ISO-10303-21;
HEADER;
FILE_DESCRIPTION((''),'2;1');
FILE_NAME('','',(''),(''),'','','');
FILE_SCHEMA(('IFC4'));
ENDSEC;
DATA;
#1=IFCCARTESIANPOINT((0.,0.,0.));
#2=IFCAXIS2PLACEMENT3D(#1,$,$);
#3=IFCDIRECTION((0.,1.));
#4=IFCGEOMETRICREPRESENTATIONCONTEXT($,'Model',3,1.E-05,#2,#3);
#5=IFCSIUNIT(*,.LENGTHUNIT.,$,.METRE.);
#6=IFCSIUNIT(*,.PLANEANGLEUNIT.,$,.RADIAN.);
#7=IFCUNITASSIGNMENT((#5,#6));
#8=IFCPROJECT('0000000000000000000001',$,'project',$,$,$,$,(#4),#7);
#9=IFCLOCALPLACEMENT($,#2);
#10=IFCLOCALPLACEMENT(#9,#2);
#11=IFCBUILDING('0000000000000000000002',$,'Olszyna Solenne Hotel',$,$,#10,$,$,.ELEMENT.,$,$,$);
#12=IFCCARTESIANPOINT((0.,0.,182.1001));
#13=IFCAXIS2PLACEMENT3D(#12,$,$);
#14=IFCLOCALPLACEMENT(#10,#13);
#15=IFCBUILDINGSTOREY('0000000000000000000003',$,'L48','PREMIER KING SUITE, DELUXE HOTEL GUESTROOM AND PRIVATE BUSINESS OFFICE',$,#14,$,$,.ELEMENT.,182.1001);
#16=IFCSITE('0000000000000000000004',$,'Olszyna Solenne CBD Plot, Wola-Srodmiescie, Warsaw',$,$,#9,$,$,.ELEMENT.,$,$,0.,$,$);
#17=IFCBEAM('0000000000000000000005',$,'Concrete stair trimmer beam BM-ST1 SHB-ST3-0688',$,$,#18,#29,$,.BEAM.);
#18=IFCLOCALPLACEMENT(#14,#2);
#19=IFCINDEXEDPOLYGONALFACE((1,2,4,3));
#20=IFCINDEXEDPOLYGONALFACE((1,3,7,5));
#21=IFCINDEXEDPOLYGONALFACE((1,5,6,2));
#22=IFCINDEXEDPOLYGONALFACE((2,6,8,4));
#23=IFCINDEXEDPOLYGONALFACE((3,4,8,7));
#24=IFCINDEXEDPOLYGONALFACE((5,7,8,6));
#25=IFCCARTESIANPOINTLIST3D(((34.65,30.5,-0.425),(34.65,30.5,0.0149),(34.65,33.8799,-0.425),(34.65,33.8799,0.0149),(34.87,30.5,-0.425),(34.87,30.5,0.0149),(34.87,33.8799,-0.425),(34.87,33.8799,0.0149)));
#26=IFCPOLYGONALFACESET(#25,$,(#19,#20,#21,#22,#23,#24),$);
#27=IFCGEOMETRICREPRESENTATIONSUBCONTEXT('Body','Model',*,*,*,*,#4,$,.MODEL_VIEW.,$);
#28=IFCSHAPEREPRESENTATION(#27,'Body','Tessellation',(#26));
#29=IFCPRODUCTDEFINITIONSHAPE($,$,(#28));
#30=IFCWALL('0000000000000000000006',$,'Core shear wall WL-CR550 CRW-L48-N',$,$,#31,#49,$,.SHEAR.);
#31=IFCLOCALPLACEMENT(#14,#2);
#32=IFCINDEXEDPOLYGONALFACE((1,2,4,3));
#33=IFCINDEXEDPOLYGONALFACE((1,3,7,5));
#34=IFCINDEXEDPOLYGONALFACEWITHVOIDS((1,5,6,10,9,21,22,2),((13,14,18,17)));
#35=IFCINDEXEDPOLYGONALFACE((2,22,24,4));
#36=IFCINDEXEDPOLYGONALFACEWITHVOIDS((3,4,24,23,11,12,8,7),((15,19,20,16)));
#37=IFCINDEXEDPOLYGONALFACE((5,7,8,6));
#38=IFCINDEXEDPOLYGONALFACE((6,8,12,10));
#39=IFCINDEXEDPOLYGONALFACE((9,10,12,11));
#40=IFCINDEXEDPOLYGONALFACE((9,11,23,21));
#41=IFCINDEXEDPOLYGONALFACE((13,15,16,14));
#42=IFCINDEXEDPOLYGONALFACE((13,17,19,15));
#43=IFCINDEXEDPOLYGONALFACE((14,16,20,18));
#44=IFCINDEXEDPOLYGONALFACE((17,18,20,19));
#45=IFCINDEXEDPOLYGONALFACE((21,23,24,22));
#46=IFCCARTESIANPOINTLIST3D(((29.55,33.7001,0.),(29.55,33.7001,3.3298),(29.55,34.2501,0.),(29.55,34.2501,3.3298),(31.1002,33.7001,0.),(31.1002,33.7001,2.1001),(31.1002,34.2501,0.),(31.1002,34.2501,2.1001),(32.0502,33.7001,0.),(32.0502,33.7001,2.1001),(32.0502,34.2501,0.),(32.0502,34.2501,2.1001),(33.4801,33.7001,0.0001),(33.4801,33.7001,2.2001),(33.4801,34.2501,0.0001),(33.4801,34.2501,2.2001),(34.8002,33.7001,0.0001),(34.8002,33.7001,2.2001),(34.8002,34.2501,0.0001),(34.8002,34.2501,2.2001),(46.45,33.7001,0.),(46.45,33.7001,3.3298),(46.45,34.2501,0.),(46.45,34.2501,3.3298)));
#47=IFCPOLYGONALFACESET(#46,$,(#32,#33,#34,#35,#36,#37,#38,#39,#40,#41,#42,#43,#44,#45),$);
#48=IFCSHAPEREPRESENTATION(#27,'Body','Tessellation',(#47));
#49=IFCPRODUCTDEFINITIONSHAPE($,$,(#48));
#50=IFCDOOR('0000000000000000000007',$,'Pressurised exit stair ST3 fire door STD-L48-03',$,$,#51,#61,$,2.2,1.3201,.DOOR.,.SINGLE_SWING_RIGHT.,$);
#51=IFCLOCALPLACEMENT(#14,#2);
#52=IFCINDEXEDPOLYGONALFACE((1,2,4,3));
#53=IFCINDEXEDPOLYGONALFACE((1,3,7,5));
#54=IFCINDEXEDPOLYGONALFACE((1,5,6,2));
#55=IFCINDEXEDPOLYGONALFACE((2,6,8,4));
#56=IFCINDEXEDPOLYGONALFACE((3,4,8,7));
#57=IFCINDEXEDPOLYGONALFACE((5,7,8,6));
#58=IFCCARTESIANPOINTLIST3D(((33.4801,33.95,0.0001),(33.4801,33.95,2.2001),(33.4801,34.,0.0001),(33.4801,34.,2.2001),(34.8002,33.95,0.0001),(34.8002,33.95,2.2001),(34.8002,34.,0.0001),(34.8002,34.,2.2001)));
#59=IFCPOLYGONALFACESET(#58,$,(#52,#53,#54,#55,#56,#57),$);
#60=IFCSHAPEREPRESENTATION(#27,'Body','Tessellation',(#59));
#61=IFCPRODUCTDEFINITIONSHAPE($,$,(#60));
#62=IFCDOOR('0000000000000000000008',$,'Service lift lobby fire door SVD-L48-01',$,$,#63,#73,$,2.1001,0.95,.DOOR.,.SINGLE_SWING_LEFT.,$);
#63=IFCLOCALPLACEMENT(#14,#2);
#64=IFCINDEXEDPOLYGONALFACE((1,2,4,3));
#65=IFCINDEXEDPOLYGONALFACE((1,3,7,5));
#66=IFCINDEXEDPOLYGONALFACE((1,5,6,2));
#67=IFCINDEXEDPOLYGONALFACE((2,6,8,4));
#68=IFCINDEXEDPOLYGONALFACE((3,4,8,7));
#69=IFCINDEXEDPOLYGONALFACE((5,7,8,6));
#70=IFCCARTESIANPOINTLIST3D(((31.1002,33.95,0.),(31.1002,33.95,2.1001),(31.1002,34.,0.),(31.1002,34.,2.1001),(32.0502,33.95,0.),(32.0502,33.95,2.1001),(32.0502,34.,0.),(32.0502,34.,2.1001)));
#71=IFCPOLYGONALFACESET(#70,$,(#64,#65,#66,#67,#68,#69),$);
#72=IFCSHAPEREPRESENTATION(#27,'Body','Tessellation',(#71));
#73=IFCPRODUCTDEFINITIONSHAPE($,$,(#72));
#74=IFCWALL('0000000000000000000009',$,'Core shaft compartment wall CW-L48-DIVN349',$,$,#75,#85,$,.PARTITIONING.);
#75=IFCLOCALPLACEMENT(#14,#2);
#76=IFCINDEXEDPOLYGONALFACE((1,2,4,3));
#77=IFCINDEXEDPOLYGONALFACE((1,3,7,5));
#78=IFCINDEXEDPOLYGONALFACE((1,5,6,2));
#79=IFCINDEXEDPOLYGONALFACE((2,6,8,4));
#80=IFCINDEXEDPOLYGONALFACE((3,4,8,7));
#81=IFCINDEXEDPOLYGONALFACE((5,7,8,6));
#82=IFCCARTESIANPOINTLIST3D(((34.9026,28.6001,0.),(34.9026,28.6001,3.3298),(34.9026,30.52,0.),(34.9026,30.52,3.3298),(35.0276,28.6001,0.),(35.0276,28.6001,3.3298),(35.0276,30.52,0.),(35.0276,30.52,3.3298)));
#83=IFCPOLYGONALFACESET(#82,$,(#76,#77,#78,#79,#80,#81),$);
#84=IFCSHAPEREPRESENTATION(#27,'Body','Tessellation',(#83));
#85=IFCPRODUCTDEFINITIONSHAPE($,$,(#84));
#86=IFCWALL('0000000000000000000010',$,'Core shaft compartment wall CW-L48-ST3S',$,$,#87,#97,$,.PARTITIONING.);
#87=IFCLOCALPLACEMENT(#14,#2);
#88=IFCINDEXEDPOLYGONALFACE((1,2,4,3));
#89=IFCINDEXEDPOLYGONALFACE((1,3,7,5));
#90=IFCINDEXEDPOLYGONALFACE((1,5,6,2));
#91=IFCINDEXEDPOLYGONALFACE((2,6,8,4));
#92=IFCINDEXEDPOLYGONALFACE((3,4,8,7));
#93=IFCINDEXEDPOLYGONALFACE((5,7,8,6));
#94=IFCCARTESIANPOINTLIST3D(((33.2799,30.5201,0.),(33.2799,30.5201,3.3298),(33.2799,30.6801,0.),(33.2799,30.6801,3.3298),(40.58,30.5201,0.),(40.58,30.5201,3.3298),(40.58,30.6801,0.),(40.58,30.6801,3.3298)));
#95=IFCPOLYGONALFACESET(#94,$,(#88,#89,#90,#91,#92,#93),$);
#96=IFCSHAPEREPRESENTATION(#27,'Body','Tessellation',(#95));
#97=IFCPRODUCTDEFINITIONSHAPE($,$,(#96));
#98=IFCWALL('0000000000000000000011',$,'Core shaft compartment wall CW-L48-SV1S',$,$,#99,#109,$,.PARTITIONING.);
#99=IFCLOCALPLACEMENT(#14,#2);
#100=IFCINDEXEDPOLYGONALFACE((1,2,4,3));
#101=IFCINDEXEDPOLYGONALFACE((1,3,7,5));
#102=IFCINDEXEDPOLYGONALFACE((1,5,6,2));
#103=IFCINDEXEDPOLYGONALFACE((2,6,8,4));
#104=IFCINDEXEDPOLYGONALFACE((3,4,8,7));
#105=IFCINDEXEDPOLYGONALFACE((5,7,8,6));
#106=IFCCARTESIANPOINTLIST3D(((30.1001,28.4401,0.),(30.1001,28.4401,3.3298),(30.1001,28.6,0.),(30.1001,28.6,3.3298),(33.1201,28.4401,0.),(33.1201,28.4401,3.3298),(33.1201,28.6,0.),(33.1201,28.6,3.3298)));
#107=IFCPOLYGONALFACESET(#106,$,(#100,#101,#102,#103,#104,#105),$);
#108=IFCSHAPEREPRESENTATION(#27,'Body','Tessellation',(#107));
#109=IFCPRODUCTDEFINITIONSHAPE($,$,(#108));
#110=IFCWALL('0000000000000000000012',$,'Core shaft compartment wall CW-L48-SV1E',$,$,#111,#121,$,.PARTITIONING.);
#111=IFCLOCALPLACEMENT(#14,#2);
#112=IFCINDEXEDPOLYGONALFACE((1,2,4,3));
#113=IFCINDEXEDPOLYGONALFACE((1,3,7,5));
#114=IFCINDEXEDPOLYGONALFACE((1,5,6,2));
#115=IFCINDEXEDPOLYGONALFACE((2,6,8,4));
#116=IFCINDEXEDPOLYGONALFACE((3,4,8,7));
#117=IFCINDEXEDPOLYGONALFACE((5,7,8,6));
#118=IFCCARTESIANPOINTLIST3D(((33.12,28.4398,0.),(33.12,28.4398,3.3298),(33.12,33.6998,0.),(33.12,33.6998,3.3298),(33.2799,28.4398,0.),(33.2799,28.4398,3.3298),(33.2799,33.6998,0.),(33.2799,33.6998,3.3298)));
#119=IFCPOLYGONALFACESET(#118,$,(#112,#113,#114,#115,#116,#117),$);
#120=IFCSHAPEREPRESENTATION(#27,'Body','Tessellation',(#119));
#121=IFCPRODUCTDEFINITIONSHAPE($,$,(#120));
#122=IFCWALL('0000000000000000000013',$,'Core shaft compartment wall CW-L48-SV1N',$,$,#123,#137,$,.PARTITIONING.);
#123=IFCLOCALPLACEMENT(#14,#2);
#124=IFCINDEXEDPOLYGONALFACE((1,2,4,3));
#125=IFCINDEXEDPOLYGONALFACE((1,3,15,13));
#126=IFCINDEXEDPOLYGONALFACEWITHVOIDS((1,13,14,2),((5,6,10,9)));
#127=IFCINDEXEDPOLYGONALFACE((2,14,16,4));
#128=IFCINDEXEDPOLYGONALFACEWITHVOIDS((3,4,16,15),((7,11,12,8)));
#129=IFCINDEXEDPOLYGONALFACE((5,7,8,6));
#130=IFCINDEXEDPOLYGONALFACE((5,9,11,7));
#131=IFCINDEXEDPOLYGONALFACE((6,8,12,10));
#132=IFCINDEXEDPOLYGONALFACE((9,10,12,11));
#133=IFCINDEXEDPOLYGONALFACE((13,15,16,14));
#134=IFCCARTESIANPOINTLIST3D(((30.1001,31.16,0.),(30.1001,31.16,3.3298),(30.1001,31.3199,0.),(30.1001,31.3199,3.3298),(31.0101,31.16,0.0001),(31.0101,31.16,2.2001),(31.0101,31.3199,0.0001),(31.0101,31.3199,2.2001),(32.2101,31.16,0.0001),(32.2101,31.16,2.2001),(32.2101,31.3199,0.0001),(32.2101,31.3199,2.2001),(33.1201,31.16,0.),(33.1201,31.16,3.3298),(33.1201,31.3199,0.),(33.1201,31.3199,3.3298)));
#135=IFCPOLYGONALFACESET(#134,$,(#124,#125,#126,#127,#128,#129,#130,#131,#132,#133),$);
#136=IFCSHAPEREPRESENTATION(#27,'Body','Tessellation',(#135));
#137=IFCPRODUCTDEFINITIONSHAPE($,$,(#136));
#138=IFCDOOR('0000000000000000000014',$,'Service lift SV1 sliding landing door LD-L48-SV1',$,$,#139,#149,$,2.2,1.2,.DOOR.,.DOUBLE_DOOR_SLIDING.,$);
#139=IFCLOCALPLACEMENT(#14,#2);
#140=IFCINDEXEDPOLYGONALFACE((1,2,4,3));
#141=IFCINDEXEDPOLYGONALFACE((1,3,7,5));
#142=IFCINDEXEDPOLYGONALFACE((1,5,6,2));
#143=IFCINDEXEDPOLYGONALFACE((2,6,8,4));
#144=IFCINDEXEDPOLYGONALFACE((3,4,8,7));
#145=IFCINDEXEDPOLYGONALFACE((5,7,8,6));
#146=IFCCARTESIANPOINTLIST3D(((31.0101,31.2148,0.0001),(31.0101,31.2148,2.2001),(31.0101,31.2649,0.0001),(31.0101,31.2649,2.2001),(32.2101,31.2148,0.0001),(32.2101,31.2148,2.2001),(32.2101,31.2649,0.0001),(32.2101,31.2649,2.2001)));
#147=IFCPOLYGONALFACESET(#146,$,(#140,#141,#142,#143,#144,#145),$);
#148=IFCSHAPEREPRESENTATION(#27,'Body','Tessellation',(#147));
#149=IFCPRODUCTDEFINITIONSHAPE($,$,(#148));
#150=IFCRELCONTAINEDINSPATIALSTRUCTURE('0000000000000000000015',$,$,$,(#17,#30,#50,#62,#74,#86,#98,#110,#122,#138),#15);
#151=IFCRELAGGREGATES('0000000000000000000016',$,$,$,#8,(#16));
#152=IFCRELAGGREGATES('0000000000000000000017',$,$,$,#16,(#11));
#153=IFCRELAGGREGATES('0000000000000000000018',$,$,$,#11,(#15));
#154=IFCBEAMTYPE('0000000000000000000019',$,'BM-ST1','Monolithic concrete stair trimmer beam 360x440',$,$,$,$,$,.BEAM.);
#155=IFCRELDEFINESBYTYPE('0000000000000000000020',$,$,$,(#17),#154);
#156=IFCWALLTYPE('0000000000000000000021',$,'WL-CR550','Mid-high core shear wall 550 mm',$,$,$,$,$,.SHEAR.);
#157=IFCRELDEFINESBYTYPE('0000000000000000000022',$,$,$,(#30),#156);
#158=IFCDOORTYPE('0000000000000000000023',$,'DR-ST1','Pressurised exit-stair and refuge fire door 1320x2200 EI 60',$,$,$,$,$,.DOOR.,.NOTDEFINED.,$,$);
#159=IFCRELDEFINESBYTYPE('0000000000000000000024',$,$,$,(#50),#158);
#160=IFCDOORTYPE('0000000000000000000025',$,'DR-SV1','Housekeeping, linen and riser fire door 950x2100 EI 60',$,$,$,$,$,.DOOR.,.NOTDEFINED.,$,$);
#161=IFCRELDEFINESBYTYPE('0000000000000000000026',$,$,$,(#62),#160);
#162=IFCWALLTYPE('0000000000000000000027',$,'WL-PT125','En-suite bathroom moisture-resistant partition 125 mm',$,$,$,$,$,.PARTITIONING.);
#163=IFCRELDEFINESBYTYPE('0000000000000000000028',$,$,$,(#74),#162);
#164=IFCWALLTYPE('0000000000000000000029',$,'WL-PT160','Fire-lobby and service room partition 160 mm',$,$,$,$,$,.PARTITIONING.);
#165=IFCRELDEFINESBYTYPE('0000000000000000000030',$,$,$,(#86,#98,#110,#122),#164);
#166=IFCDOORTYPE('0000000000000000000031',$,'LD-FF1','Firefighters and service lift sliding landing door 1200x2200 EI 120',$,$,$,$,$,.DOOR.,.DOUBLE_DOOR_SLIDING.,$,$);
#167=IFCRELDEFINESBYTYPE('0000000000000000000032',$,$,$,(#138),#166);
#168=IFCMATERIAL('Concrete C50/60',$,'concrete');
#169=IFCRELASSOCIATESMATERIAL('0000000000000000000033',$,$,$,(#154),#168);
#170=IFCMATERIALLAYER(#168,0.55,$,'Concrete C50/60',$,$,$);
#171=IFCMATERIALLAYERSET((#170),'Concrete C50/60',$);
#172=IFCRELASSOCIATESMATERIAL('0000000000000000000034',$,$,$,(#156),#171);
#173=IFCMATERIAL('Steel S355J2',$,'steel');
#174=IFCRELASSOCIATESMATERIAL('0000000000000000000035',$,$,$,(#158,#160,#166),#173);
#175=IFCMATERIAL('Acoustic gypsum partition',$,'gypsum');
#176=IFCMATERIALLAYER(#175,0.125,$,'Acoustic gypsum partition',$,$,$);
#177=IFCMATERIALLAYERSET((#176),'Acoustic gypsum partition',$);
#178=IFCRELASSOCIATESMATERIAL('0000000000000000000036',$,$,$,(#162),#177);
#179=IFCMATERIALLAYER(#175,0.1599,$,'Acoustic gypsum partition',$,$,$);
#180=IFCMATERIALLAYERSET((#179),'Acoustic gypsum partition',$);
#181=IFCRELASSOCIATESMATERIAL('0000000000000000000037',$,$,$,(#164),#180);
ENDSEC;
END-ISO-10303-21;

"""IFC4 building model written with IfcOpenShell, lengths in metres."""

from ifc_helpers import new_model, si_unit, direction, frame, frame_2d, origin, origin_2d, place, context, subcontext, project, spatial, rectangle, extrude, source, transform, mapped, material, layer, layer_set, material_profile, profile_set, type_object, type_shapes, element, fill, save


model = new_model("IFC4")

# Units and contexts
model_context = context("Model", 3, precision=1e-05, world=origin(), true_north=direction((0.0, 1.0)))
body_context = subcontext(model_context, "Body", "Model", "MODEL_VIEW")
ifc_project = project(units=[si_unit("LENGTHUNIT", "METRE"), si_unit("PLANEANGLEUNIT", "RADIAN")], contexts=[model_context])

# Site, building, storey
site_placement = place(None, origin())
site = spatial("IfcSite", under=ifc_project, at=site_placement, Name="Olszyna Solenne CBD Plot, Wola-Srodmiescie, Warsaw", CompositionType="ELEMENT", RefElevation=0.0)
building_placement = place(site_placement, origin())
building = spatial("IfcBuilding", under=site, at=building_placement, Name="Olszyna Solenne Hotel", CompositionType="ELEMENT")
storey_placement = place(building_placement, frame((0.0, 0.0, 182.1001)))
storey = spatial("IfcBuildingStorey", under=building, at=storey_placement, Name="L48", Description="PREMIER KING SUITE, DELUXE HOTEL GUESTROOM AND PRIVATE BUSINESS OFFICE", CompositionType="ELEMENT", Elevation=182.1001)

# Beam
ifc_material_1 = material(Name="Concrete C50/60", Category="concrete")
ifc_material_profile = material_profile(ifc_material_1, rectangle(XDim=0.22, YDim=0.4399, at=origin_2d()), Name="RC 220x440", Category="load-bearing")
ifc_profile_set = profile_set([ifc_material_profile], Name="Concrete C50/60")
beam_type = type_object("IfcBeamType", Name="BM-ST1", Description="Monolithic concrete stair trimmer beam 360x440", PredefinedType="BEAM", material=ifc_profile_set)
shared_shape_1 = source(origin(), body_context, "Body", "SweptSolid", [
    extrude(rectangle(XDim=0.22, YDim=0.4399, at=origin_2d()), origin(), (0.0, 0.0, 1.0), 3.3799),
])
beam_placement = place(storey_placement, frame((34.76, 30.5, -0.2051), z_axis=(0.0, 1.0, 0.0), x_axis=(-1.0, 0.0, 0.0)))
element("IfcBeam", 1, at=beam_placement, inside=storey, type_object=beam_type, Name="Concrete stair trimmer beam BM-ST1 SHB-ST3-0688", PredefinedType="BEAM", context=body_context, shape_type="MappedRepresentation", body=[
    mapped(shared_shape_1, transform((0.0, 0.0, 0.0), x_axis=(1.0, 0.0, 0.0), y_axis=(0.0, 1.0, 0.0), z_axis=(0.0, 0.0, 1.0), scale=1.0)),
])

# Wall, openings, doors
ifc_layer_1 = layer(ifc_material_1, 0.55, Name="Concrete C50/60")
ifc_layer_set_1 = layer_set([ifc_layer_1], Name="Concrete C50/60")
wall_type_1 = type_object("IfcWallType", Name="WL-CR550", Description="Mid-high core shear wall 550 mm", PredefinedType="SHEAR", material=ifc_layer_set_1)
wall_1_placement = place(storey_placement, frame((29.55, 33.9751, 0.0), z_axis=(0.0, 0.0, 1.0), x_axis=(1.0, 0.0, 0.0)))
wall_1 = element("IfcWall", 2, at=wall_1_placement, inside=storey, type_object=wall_type_1, Name="Core shear wall WL-CR550 CRW-L48-N", PredefinedType="SHEAR", context=body_context, shape_type="SweptSolid", body=[
    extrude(rectangle(XDim=16.8999, YDim=0.55, at=frame_2d((8.45, 0.0))), origin(), (0.0, 0.0, 1.0), 3.3298),
])
opening_1_placement = place(wall_1_placement, frame((1.55, 0.0, 0.0)))
opening_1 = element("IfcOpeningElement", 3, at=opening_1_placement, cuts=wall_1, PredefinedType="OPENING", context=body_context, shape_type="SweptSolid", body=[
    extrude(rectangle(XDim=0.95, YDim=2.1001, at=frame_2d((0.4751, 1.05))), frame((0.0, 0.2852, 0.0), z_axis=(0.0, -1.0, 0.0), x_axis=(1.0, 0.0, 0.0)), (0.0, 0.0, 1.0), 0.5701),
])
opening_2_placement = place(wall_1_placement, frame((3.9299, 0.0, 0.0)))
opening_2 = element("IfcOpeningElement", 4, at=opening_2_placement, cuts=wall_1, PredefinedType="OPENING", context=body_context, shape_type="SweptSolid", body=[
    extrude(rectangle(XDim=1.3201, YDim=2.2, at=frame_2d((0.6602, 1.1001))), frame((0.0, 0.2852, 0.0), z_axis=(0.0, -1.0, 0.0), x_axis=(1.0, 0.0, 0.0)), (0.0, 0.0, 1.0), 0.5701),
])
ifc_material_2 = material(Name="Steel S355J2", Category="steel")
door_type_1 = type_object("IfcDoorType", Name="DR-ST1", Description="Pressurised exit-stair and refuge fire door 1320x2200 EI 60", OperationType="NOTDEFINED", PredefinedType="DOOR", material=ifc_material_2)
shared_shape_2 = source(origin(), body_context, "Body", "SweptSolid", [
    extrude(rectangle(XDim=1.3201, YDim=2.2, at=frame_2d((0.6602, 1.1001))), frame((0.0, 0.0249, 0.0), z_axis=(0.0, -1.0, 0.0), x_axis=(1.0, 0.0, 0.0)), (0.0, 0.0, 1.0), 0.05),
])
type_shapes(door_type_1, [shared_shape_2])
door_1_placement = place(opening_2_placement, origin())
door_1 = element("IfcDoor", 5, at=door_1_placement, inside=storey, type_object=door_type_1, Name="Pressurised exit stair ST3 fire door STD-L48-03", OperationType="SINGLE_SWING_RIGHT", OverallHeight=2.2, OverallWidth=1.3201, PredefinedType="DOOR", context=body_context, shape_type="MappedRepresentation", body=[
    mapped(shared_shape_2, transform((0.0, 0.0, 0.0), x_axis=(1.0, 0.0, 0.0), y_axis=(0.0, 1.0, 0.0), z_axis=(0.0, 0.0, 1.0), scale=1.0)),
])
fill(opening_2, door_1)
door_type_2 = type_object("IfcDoorType", Name="DR-SV1", Description="Housekeeping, linen and riser fire door 950x2100 EI 60", OperationType="NOTDEFINED", PredefinedType="DOOR", material=ifc_material_2)
shared_shape_3 = source(origin(), body_context, "Body", "SweptSolid", [
    extrude(rectangle(XDim=0.95, YDim=2.1001, at=frame_2d((0.4751, 1.05))), frame((0.0, 0.0249, 0.0), z_axis=(0.0, -1.0, 0.0), x_axis=(1.0, 0.0, 0.0)), (0.0, 0.0, 1.0), 0.05),
])
type_shapes(door_type_2, [shared_shape_3])
door_2_placement = place(opening_1_placement, origin())
door_2 = element("IfcDoor", 6, at=door_2_placement, inside=storey, type_object=door_type_2, Name="Service lift lobby fire door SVD-L48-01", OperationType="SINGLE_SWING_LEFT", OverallHeight=2.1001, OverallWidth=0.95, PredefinedType="DOOR", context=body_context, shape_type="MappedRepresentation", body=[
    mapped(shared_shape_3, transform((0.0, 0.0, 0.0), x_axis=(1.0, 0.0, 0.0), y_axis=(0.0, 1.0, 0.0), z_axis=(0.0, 0.0, 1.0), scale=1.0)),
])
fill(opening_1, door_2)

# Walls
ifc_material_3 = material(Name="Acoustic gypsum partition", Category="gypsum")
ifc_layer_2 = layer(ifc_material_3, 0.125, Name="Acoustic gypsum partition")
ifc_layer_set_2 = layer_set([ifc_layer_2], Name="Acoustic gypsum partition")
wall_type_2 = type_object("IfcWallType", Name="WL-PT125", Description="En-suite bathroom moisture-resistant partition 125 mm", PredefinedType="PARTITIONING", material=ifc_layer_set_2)
wall_2_placement = place(storey_placement, frame((34.9651, 28.6001, 0.0), z_axis=(0.0, 0.0, 1.0), x_axis=(0.0, 1.0, 0.0)))
element("IfcWall", 7, at=wall_2_placement, inside=storey, type_object=wall_type_2, Name="Core shaft compartment wall CW-L48-DIVN349", PredefinedType="PARTITIONING", context=body_context, shape_type="SweptSolid", body=[
    extrude(rectangle(XDim=1.9199, YDim=0.125, at=frame_2d((0.96, 0.0))), origin(), (0.0, 0.0, 1.0), 3.3298),
])
ifc_layer_3 = layer(ifc_material_3, 0.1599, Name="Acoustic gypsum partition")
ifc_layer_set_3 = layer_set([ifc_layer_3], Name="Acoustic gypsum partition")
wall_type_3 = type_object("IfcWallType", Name="WL-PT160", Description="Fire-lobby and service room partition 160 mm", PredefinedType="PARTITIONING", material=ifc_layer_set_3)
wall_3_placement = place(storey_placement, frame((33.28, 30.6001, 0.0), z_axis=(0.0, 0.0, 1.0), x_axis=(1.0, 0.0, 0.0)))
element("IfcWall", 8, at=wall_3_placement, inside=storey, type_object=wall_type_3, Name="Core shaft compartment wall CW-L48-ST3S", PredefinedType="PARTITIONING", context=body_context, shape_type="SweptSolid", body=[
    extrude(rectangle(XDim=7.3, YDim=0.1599, at=frame_2d((3.6499, 0.0))), origin(), (0.0, 0.0, 1.0), 3.3298),
])
wall_4_placement = place(storey_placement, frame((30.1001, 28.52, 0.0), z_axis=(0.0, 0.0, 1.0), x_axis=(1.0, 0.0, 0.0)))
element("IfcWall", 9, at=wall_4_placement, inside=storey, type_object=wall_type_3, Name="Core shaft compartment wall CW-L48-SV1S", PredefinedType="PARTITIONING", context=body_context, shape_type="SweptSolid", body=[
    extrude(rectangle(XDim=3.02, YDim=0.1599, at=frame_2d((1.51, 0.0))), origin(), (0.0, 0.0, 1.0), 3.3298),
])
wall_5_placement = place(storey_placement, frame((33.2, 28.4399, 0.0), z_axis=(0.0, 0.0, 1.0), x_axis=(0.0, 1.0, 0.0)))
element("IfcWall", 10, at=wall_5_placement, inside=storey, type_object=wall_type_3, Name="Core shaft compartment wall CW-L48-SV1E", PredefinedType="PARTITIONING", context=body_context, shape_type="SweptSolid", body=[
    extrude(rectangle(XDim=5.26, YDim=0.1599, at=frame_2d((2.6299, 0.0))), origin(), (0.0, 0.0, 1.0), 3.3298),
])

# Wall, opening, door
wall_6_placement = place(storey_placement, frame((30.1001, 31.24, 0.0), z_axis=(0.0, 0.0, 1.0), x_axis=(1.0, 0.0, 0.0)))
wall_6 = element("IfcWall", 11, at=wall_6_placement, inside=storey, type_object=wall_type_3, Name="Core shaft compartment wall CW-L48-SV1N", PredefinedType="PARTITIONING", context=body_context, shape_type="SweptSolid", body=[
    extrude(rectangle(XDim=3.02, YDim=0.1599, at=frame_2d((1.51, 0.0))), origin(), (0.0, 0.0, 1.0), 3.3298),
])
opening_3_placement = place(wall_6_placement, frame((0.9099, 0.0, 0.0)))
opening_3 = element("IfcOpeningElement", 12, at=opening_3_placement, cuts=wall_6, PredefinedType="OPENING", context=body_context, shape_type="SweptSolid", body=[
    extrude(rectangle(XDim=1.2, YDim=2.2, at=frame_2d((0.6001, 1.1001))), frame((0.0, 0.0898, 0.0), z_axis=(0.0, -1.0, 0.0), x_axis=(1.0, 0.0, 0.0)), (0.0, 0.0, 1.0), 0.1799),
])
door_type_3 = type_object("IfcDoorType", Name="LD-FF1", Description="Firefighters and service lift sliding landing door 1200x2200 EI 120", OperationType="DOUBLE_DOOR_SLIDING", PredefinedType="DOOR", material=ifc_material_2)
shared_shape_4 = source(origin(), body_context, "Body", "SweptSolid", [
    extrude(rectangle(XDim=1.2, YDim=2.2, at=frame_2d((0.6001, 1.1001))), frame((0.0, 0.0249, 0.0), z_axis=(0.0, -1.0, 0.0), x_axis=(1.0, 0.0, 0.0)), (0.0, 0.0, 1.0), 0.05),
])
type_shapes(door_type_3, [shared_shape_4])
door_3_placement = place(opening_3_placement, origin())
door_3 = element("IfcDoor", 13, at=door_3_placement, inside=storey, type_object=door_type_3, Name="Service lift SV1 sliding landing door LD-L48-SV1", OperationType="DOUBLE_DOOR_SLIDING", OverallHeight=2.2, OverallWidth=1.2, PredefinedType="DOOR", context=body_context, shape_type="MappedRepresentation", body=[
    mapped(shared_shape_4, transform((0.0, 0.0, 0.0), x_axis=(1.0, 0.0, 0.0), y_axis=(0.0, 1.0, 0.0), z_axis=(0.0, 0.0, 1.0), scale=1.0)),
])
fill(opening_3, door_3)

save(model, "model.ifc")
